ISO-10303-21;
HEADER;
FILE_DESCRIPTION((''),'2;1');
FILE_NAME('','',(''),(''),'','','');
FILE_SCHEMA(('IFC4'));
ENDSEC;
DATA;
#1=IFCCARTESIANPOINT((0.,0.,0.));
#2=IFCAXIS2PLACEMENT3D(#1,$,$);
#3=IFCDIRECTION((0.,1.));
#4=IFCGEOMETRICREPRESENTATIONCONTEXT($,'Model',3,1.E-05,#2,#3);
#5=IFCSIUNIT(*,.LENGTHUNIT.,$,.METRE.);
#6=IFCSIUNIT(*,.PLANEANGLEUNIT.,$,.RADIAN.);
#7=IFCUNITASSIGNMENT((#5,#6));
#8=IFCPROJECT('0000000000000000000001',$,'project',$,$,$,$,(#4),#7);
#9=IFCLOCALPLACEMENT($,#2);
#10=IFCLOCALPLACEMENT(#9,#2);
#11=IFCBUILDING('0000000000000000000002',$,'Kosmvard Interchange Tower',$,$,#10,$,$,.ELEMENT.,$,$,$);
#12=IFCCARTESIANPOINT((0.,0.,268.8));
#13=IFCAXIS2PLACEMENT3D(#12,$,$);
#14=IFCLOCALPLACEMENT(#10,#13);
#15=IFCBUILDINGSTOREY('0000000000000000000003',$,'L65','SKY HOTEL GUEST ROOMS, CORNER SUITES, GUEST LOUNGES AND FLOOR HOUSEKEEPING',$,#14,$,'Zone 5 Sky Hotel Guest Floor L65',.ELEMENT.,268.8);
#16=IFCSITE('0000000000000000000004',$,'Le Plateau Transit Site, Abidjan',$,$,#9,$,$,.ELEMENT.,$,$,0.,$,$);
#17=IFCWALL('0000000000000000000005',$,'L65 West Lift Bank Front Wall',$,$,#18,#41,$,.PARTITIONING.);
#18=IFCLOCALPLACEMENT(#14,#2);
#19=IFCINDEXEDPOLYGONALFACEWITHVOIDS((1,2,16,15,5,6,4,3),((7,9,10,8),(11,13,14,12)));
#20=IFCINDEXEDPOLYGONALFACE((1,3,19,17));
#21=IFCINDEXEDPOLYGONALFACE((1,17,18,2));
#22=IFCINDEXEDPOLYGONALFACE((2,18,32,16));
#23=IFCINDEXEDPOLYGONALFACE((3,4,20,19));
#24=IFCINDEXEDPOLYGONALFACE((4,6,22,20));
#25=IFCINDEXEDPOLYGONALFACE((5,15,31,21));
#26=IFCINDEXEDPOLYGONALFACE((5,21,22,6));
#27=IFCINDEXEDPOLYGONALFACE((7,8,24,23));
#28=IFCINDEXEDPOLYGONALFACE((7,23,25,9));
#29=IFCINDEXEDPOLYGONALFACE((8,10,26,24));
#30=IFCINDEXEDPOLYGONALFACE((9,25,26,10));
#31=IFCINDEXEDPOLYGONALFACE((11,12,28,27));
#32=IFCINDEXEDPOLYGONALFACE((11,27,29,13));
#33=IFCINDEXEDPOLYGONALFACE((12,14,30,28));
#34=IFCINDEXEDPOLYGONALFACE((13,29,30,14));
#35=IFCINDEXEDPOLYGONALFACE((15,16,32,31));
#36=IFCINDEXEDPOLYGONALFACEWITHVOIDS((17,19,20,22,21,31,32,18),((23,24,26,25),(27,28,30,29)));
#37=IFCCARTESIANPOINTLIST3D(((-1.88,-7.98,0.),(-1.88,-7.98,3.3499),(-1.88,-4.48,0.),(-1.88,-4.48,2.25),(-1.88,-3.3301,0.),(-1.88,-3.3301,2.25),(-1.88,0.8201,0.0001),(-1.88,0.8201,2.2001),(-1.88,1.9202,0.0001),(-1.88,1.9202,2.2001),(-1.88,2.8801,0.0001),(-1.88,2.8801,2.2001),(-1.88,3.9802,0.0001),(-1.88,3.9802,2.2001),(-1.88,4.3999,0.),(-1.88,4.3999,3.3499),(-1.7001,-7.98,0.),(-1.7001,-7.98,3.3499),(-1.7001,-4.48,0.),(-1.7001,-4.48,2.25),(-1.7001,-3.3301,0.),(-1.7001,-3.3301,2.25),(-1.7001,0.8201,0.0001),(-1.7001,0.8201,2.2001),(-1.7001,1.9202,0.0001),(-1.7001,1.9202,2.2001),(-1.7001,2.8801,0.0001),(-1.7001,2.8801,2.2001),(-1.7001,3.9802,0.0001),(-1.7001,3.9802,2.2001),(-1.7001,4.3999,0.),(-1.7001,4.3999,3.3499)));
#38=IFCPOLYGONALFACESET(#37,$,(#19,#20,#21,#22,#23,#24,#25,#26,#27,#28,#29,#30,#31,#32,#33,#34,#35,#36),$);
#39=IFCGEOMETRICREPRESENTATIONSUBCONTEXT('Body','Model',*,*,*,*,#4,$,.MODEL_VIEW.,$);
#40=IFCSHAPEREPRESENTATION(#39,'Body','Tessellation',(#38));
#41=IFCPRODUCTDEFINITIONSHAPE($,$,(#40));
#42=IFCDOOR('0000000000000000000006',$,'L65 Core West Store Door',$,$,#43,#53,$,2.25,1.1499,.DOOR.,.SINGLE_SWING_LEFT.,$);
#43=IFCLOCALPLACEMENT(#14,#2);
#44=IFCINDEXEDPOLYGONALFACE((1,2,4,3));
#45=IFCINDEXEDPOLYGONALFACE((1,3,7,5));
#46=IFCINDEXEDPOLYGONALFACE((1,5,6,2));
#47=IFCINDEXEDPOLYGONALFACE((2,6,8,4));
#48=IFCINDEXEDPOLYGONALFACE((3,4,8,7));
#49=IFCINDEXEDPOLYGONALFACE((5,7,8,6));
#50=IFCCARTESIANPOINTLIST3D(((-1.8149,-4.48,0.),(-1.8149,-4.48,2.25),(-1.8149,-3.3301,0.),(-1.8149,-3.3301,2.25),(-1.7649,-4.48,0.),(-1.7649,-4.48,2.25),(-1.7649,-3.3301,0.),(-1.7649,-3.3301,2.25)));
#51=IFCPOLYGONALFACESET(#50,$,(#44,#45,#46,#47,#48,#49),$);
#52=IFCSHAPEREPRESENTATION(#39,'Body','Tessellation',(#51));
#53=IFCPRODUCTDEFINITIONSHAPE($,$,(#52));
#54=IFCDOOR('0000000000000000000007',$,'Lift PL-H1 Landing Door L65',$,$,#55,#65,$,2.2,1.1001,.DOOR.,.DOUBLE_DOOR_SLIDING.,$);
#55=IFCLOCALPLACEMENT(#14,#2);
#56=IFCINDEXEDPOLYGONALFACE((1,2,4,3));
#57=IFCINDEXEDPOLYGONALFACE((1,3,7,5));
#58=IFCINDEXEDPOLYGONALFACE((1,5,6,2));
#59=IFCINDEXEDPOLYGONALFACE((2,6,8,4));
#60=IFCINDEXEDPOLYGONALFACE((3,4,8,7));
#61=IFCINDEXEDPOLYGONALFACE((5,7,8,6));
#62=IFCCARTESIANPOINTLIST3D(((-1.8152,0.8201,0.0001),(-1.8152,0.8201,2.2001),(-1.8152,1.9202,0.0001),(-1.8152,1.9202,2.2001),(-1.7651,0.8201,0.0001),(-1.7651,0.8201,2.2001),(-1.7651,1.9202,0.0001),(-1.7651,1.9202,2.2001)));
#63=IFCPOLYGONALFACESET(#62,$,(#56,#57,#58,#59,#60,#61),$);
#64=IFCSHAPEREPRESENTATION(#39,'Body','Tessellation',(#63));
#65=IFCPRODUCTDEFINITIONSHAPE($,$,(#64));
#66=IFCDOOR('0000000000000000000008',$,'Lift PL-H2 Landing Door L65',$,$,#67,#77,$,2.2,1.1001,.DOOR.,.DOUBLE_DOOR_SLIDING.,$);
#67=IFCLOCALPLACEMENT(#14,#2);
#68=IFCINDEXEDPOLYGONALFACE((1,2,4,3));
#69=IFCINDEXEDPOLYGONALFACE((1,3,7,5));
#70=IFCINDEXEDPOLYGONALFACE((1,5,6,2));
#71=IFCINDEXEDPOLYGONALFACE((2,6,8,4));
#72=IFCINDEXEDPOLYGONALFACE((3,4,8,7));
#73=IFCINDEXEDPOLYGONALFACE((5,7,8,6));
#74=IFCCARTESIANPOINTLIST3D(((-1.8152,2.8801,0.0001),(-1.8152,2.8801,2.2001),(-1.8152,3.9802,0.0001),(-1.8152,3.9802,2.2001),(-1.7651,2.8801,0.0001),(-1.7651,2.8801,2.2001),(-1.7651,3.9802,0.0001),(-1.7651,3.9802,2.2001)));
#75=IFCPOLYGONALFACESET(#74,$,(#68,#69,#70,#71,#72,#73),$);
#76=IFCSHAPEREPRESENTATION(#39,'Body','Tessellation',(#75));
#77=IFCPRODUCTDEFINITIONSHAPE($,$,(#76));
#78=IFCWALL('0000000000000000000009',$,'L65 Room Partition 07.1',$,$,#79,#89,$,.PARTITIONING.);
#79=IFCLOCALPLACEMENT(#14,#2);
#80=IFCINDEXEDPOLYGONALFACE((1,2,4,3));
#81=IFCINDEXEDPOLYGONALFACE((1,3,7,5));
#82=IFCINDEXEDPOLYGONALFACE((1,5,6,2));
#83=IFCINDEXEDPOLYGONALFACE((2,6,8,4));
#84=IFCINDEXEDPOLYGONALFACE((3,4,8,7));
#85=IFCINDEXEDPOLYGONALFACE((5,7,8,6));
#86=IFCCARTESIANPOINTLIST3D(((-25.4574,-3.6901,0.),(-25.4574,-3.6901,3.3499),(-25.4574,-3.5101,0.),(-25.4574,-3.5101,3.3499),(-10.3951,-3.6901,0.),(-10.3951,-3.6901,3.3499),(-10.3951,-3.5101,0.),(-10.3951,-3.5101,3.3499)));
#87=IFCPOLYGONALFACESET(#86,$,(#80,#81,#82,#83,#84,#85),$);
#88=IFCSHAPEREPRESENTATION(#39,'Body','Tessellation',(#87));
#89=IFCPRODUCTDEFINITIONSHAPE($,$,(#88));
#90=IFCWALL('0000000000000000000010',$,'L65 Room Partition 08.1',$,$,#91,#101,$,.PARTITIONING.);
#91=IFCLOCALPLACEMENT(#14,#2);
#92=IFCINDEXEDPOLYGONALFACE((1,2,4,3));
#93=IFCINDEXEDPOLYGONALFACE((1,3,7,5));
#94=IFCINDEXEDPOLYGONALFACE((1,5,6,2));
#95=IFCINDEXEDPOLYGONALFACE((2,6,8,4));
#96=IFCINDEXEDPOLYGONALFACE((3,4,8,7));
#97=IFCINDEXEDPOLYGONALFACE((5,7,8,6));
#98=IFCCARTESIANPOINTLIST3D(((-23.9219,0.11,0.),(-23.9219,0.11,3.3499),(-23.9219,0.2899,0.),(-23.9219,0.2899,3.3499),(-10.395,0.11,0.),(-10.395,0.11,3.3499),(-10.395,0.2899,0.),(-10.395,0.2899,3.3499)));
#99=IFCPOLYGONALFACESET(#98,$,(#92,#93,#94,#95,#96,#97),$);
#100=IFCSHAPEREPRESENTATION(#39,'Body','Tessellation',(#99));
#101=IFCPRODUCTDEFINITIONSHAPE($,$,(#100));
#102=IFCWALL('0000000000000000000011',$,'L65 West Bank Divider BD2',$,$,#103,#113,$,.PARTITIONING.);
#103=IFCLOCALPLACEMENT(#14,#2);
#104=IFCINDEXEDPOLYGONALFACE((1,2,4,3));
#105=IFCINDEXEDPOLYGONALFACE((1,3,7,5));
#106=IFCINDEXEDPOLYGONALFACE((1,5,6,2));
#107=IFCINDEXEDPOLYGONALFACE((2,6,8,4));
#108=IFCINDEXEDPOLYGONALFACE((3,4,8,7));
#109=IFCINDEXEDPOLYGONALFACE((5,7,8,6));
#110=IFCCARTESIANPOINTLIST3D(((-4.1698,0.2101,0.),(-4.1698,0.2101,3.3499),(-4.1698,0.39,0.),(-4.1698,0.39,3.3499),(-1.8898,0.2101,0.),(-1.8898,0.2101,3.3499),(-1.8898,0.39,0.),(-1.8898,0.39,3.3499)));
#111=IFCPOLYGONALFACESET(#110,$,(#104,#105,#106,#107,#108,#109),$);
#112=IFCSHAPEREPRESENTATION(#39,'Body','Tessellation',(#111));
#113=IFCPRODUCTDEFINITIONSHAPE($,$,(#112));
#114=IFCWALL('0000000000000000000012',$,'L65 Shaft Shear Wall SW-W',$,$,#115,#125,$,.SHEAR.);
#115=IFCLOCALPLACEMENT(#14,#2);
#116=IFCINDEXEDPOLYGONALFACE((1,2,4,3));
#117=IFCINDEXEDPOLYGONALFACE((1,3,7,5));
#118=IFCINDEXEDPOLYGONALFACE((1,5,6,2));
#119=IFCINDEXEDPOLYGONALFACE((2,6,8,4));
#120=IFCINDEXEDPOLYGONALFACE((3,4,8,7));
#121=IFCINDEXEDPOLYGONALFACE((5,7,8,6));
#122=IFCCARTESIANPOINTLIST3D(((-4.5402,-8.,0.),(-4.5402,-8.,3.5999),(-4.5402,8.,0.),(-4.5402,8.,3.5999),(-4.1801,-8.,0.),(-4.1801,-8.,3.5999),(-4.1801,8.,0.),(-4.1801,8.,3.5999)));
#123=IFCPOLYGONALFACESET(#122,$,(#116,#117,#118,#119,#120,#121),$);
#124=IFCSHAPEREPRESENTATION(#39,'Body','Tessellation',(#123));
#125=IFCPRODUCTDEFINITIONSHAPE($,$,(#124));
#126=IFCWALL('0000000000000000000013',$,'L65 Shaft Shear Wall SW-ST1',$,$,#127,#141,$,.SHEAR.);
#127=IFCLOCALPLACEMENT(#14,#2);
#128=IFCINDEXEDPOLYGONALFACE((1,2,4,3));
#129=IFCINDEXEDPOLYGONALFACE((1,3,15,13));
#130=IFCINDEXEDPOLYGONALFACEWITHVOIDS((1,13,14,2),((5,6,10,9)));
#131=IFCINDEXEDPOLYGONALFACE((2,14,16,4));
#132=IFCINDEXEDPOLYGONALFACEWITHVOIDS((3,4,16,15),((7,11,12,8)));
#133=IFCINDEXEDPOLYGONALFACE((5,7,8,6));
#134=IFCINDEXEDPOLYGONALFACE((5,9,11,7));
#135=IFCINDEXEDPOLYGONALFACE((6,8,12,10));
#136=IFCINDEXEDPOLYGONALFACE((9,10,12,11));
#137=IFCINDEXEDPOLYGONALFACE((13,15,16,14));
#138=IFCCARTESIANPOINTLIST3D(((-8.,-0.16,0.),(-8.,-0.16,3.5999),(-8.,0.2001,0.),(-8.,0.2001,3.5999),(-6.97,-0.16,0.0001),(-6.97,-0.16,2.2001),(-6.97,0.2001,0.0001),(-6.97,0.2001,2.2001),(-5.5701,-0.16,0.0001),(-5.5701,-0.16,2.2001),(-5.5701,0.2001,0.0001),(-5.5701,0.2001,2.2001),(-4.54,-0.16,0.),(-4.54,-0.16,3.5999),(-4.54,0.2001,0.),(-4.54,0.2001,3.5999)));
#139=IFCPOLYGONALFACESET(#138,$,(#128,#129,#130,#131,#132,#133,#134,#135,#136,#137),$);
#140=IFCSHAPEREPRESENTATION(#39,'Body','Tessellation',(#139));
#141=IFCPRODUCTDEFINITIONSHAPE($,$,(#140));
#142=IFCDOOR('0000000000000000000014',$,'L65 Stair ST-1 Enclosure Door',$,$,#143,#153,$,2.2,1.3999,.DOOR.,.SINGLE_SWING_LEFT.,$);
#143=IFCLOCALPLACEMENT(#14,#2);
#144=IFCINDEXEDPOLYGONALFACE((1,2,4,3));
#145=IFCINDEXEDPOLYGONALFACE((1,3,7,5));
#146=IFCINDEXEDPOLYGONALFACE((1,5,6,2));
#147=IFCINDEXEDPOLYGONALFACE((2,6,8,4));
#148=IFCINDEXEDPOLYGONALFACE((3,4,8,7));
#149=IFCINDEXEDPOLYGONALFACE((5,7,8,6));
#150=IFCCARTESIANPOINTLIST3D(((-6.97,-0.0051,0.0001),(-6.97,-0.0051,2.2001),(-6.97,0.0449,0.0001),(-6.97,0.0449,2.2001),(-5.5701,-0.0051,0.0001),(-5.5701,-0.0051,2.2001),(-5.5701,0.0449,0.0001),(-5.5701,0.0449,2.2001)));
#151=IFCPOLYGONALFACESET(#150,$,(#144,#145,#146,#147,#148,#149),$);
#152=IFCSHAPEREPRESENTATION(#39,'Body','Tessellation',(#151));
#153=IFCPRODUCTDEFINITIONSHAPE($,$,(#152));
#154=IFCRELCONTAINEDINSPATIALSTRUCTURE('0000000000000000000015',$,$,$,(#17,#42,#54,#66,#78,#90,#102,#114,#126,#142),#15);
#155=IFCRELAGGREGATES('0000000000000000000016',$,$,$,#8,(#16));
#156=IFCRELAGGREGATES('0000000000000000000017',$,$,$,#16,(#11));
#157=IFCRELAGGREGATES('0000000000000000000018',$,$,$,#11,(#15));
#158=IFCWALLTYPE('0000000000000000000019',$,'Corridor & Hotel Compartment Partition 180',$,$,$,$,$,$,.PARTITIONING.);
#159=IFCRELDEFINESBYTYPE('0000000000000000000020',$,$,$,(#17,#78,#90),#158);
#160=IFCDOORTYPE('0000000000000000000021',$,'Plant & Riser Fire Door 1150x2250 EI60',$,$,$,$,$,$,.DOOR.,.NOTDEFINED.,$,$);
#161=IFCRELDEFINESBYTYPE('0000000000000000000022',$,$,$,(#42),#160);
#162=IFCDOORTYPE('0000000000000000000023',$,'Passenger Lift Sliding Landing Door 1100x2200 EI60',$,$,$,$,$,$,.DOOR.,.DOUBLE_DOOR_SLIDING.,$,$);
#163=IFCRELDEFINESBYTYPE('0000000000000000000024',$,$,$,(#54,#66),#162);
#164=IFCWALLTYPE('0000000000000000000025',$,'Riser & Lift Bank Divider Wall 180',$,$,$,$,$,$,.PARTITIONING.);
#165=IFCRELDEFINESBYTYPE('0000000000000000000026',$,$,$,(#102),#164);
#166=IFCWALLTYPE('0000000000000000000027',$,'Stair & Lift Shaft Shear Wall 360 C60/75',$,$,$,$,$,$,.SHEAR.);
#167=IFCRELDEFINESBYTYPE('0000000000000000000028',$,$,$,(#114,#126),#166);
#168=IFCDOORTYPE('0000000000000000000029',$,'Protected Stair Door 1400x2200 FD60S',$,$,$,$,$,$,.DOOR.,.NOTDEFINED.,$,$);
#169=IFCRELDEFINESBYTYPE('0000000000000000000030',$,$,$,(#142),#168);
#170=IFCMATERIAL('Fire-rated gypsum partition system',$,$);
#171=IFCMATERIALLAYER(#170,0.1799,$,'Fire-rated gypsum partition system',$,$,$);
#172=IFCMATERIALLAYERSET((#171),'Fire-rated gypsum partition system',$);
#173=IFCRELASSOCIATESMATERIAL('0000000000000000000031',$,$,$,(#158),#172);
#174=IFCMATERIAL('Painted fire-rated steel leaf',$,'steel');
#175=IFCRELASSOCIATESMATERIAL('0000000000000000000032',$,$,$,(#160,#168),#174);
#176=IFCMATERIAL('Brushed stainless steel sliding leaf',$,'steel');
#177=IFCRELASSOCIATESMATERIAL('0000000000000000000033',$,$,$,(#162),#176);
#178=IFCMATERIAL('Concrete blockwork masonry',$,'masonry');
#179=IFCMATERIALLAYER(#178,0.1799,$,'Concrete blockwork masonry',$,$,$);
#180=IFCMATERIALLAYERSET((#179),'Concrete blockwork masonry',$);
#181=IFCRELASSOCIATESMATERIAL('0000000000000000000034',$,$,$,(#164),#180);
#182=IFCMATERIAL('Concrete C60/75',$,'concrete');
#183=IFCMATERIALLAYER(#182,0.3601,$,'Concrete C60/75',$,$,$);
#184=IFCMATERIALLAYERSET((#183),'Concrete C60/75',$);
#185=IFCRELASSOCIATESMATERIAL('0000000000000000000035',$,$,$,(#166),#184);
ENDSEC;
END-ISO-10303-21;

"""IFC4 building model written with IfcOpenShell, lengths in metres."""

from ifc_helpers import new_model, si_unit, direction, frame, frame_2d, origin, place, context, subcontext, project, spatial, rectangle, extrude, source, transform, mapped, material, layer, layer_set, type_object, element, fill, save


model = new_model("IFC4")

# Units and contexts
model_context = context("Model", 3, precision=1e-05, world=origin(), true_north=direction((0.0, 1.0)))
body_context = subcontext(model_context, "Body", "Model", "MODEL_VIEW")
ifc_project = project(units=[si_unit("LENGTHUNIT", "METRE"), si_unit("PLANEANGLEUNIT", "RADIAN")], contexts=[model_context])

# Site, building, storey
site_placement = place(None, origin())
site = spatial("IfcSite", under=ifc_project, at=site_placement, Name="Le Plateau Transit Site, Abidjan", CompositionType="ELEMENT", RefElevation=0.0)
building_placement = place(site_placement, origin())
building = spatial("IfcBuilding", under=site, at=building_placement, Name="Kosmvard Interchange Tower", CompositionType="ELEMENT")
storey_placement = place(building_placement, frame((0.0, 0.0, 268.8)))
storey = spatial("IfcBuildingStorey", under=building, at=storey_placement, Name="L65", Description="SKY HOTEL GUEST ROOMS, CORNER SUITES, GUEST LOUNGES AND FLOOR HOUSEKEEPING", LongName="Zone 5 Sky Hotel Guest Floor L65", CompositionType="ELEMENT", Elevation=268.8)

# Wall, openings, doors
ifc_material_1 = material(Name="Fire-rated gypsum partition system")
ifc_layer_1 = layer(ifc_material_1, 0.1799, Name="Fire-rated gypsum partition system")
ifc_layer_set_1 = layer_set([ifc_layer_1], Name="Fire-rated gypsum partition system")
wall_type_1 = type_object("IfcWallType", Name="Corridor & Hotel Compartment Partition 180", PredefinedType="PARTITIONING", material=ifc_layer_set_1)
wall_1_placement = place(storey_placement, frame((-1.79, -7.98, 0.0), z_axis=(0.0, 0.0, 1.0), x_axis=(0.0, 1.0, 0.0)))
wall_1 = element("IfcWall", 1, at=wall_1_placement, inside=storey, type_object=wall_type_1, Name="L65 West Lift Bank Front Wall", PredefinedType="PARTITIONING", context=body_context, shape_type="SweptSolid", body=[
    extrude(rectangle(XDim=12.3799, YDim=0.1799, at=frame_2d((6.1899, 0.0))), origin(), (0.0, 0.0, 1.0), 3.3499),
])
opening_1_placement = place(wall_1_placement, frame((8.8, 0.0, 0.0)))
opening_1 = element("IfcOpeningElement", 2, at=opening_1_placement, cuts=wall_1, PredefinedType="OPENING", context=body_context, shape_type="SweptSolid", body=[
    extrude(rectangle(XDim=1.1001, YDim=2.2, at=frame_2d((0.55, 1.1001))), frame((0.0, 0.1001, 0.0), z_axis=(0.0, -1.0, 0.0), x_axis=(1.0, 0.0, 0.0)), (0.0, 0.0, 1.0), 0.2),
])
opening_2_placement = place(wall_1_placement, frame((10.8601, 0.0, 0.0)))
opening_2 = element("IfcOpeningElement", 3, at=opening_2_placement, cuts=wall_1, PredefinedType="OPENING", context=body_context, shape_type="SweptSolid", body=[
    extrude(rectangle(XDim=1.1001, YDim=2.2, at=frame_2d((0.55, 1.1001))), frame((0.0, 0.1001, 0.0), z_axis=(0.0, -1.0, 0.0), x_axis=(1.0, 0.0, 0.0)), (0.0, 0.0, 1.0), 0.2),
])
opening_3_placement = place(wall_1_placement, frame((3.5, 0.0, 0.0)))
opening_3 = element("IfcOpeningElement", 4, at=opening_3_placement, cuts=wall_1, PredefinedType="OPENING", context=body_context, shape_type="SweptSolid", body=[
    extrude(rectangle(XDim=1.1499, YDim=2.25, at=frame_2d((0.575, 1.125))), frame((0.0, 0.1001, 0.0), z_axis=(0.0, -1.0, 0.0), x_axis=(1.0, 0.0, 0.0)), (0.0, 0.0, 1.0), 0.2),
])
ifc_material_2 = material(Name="Painted fire-rated steel leaf", Category="steel")
door_type_1 = type_object("IfcDoorType", Name="Plant & Riser Fire Door 1150x2250 EI60", OperationType="NOTDEFINED", PredefinedType="DOOR", material=ifc_material_2)
shared_shape_1 = source(origin(), body_context, "Body", "SweptSolid", [
    extrude(rectangle(XDim=1.1499, YDim=2.25, at=frame_2d((0.575, 1.125))), frame((0.0, 0.0249, 0.0), z_axis=(0.0, -1.0, 0.0), x_axis=(1.0, 0.0, 0.0)), (0.0, 0.0, 1.0), 0.05),
])
door_1_placement = place(opening_3_placement, origin())
door_1 = element("IfcDoor", 5, at=door_1_placement, inside=storey, type_object=door_type_1, Name="L65 Core West Store Door", OperationType="SINGLE_SWING_LEFT", OverallHeight=2.25, OverallWidth=1.1499, PredefinedType="DOOR", context=body_context, shape_type="MappedRepresentation", body=[
    mapped(shared_shape_1, transform((0.0, 0.0, 0.0), scale=1.0)),
])
fill(opening_3, door_1)
ifc_material_3 = material(Name="Brushed stainless steel sliding leaf", Category="steel")
door_type_2 = type_object("IfcDoorType", Name="Passenger Lift Sliding Landing Door 1100x2200 EI60", OperationType="DOUBLE_DOOR_SLIDING", PredefinedType="DOOR", material=ifc_material_3)
shared_shape_2 = source(origin(), body_context, "Body", "SweptSolid", [
    extrude(rectangle(XDim=1.1001, YDim=2.2, at=frame_2d((0.55, 1.1001))), frame((0.0, 0.0249, 0.0), z_axis=(0.0, -1.0, 0.0), x_axis=(1.0, 0.0, 0.0)), (0.0, 0.0, 1.0), 0.05),
])
door_2_placement = place(opening_1_placement, frame((1.1001, 0.0, 0.0), z_axis=(0.0, 0.0, 1.0), x_axis=(-1.0, 0.0, 0.0)))
door_2 = element("IfcDoor", 6, at=door_2_placement, inside=storey, type_object=door_type_2, Name="Lift PL-H1 Landing Door L65", OperationType="DOUBLE_DOOR_SLIDING", OverallHeight=2.2, OverallWidth=1.1001, PredefinedType="DOOR", context=body_context, shape_type="MappedRepresentation", body=[
    mapped(shared_shape_2, transform((0.0, 0.0, 0.0), scale=1.0)),
])
fill(opening_1, door_2)
door_3_placement = place(opening_2_placement, frame((1.1001, 0.0, 0.0), z_axis=(0.0, 0.0, 1.0), x_axis=(-1.0, 0.0, 0.0)))
door_3 = element("IfcDoor", 7, at=door_3_placement, inside=storey, type_object=door_type_2, Name="Lift PL-H2 Landing Door L65", OperationType="DOUBLE_DOOR_SLIDING", OverallHeight=2.2, OverallWidth=1.1001, PredefinedType="DOOR", context=body_context, shape_type="MappedRepresentation", body=[
    mapped(shared_shape_2, transform((0.0, 0.0, 0.0), scale=1.0)),
])
fill(opening_2, door_3)

# Walls
wall_2_placement = place(storey_placement, frame((-10.395, -3.6001, 0.0), z_axis=(0.0, 0.0, 1.0), x_axis=(-1.0, 0.0, 0.0)))
element("IfcWall", 8, at=wall_2_placement, inside=storey, type_object=wall_type_1, Name="L65 Room Partition 07.1", PredefinedType="PARTITIONING", context=body_context, shape_type="SweptSolid", body=[
    extrude(rectangle(XDim=15.0623, YDim=0.1799, at=frame_2d((7.5312, 0.0))), origin(), (0.0, 0.0, 1.0), 3.3499),
])
wall_3_placement = place(storey_placement, frame((-10.395, 0.2, 0.0), z_axis=(0.0, 0.0, 1.0), x_axis=(-1.0, 0.0, 0.0)))
element("IfcWall", 9, at=wall_3_placement, inside=storey, type_object=wall_type_1, Name="L65 Room Partition 08.1", PredefinedType="PARTITIONING", context=body_context, shape_type="SweptSolid", body=[
    extrude(rectangle(XDim=13.5269, YDim=0.1799, at=frame_2d((6.7634, 0.0))), origin(), (0.0, 0.0, 1.0), 3.3499),
])
ifc_material_4 = material(Name="Concrete blockwork masonry", Category="masonry")
ifc_layer_2 = layer(ifc_material_4, 0.1799, Name="Concrete blockwork masonry")
ifc_layer_set_2 = layer_set([ifc_layer_2], Name="Concrete blockwork masonry")
wall_type_2 = type_object("IfcWallType", Name="Riser & Lift Bank Divider Wall 180", PredefinedType="PARTITIONING", material=ifc_layer_set_2)
wall_4_placement = place(storey_placement, frame((-4.1699, 0.3, 0.0), z_axis=(0.0, 0.0, 1.0), x_axis=(1.0, 0.0, 0.0)))
element("IfcWall", 10, at=wall_4_placement, inside=storey, type_object=wall_type_2, Name="L65 West Bank Divider BD2", PredefinedType="PARTITIONING", context=body_context, shape_type="SweptSolid", body=[
    extrude(rectangle(XDim=2.28, YDim=0.1799, at=frame_2d((1.1401, 0.0))), origin(), (0.0, 0.0, 1.0), 3.3499),
])
ifc_material_5 = material(Name="Concrete C60/75", Category="concrete")
ifc_layer_3 = layer(ifc_material_5, 0.3601, Name="Concrete C60/75")
ifc_layer_set_3 = layer_set([ifc_layer_3], Name="Concrete C60/75")
wall_type_3 = type_object("IfcWallType", Name="Stair & Lift Shaft Shear Wall 360 C60/75", PredefinedType="SHEAR", material=ifc_layer_set_3)
wall_5_placement = place(storey_placement, frame((-4.3601, -8.0, 0.0), z_axis=(0.0, 0.0, 1.0), x_axis=(0.0, 1.0, 0.0)))
element("IfcWall", 11, at=wall_5_placement, inside=storey, type_object=wall_type_3, Name="L65 Shaft Shear Wall SW-W", PredefinedType="SHEAR", context=body_context, shape_type="SweptSolid", body=[
    extrude(rectangle(XDim=16.0, YDim=0.3601, at=frame_2d((8.0, 0.0))), origin(), (0.0, 0.0, 1.0), 3.5999),
])

# Wall, opening, door
wall_6_placement = place(storey_placement, frame((-8.0, 0.02, 0.0), z_axis=(0.0, 0.0, 1.0), x_axis=(1.0, 0.0, 0.0)))
wall_6 = element("IfcWall", 12, at=wall_6_placement, inside=storey, type_object=wall_type_3, Name="L65 Shaft Shear Wall SW-ST1", PredefinedType="SHEAR", context=body_context, shape_type="SweptSolid", body=[
    extrude(rectangle(XDim=3.46, YDim=0.3601, at=frame_2d((1.73, 0.0))), origin(), (0.0, 0.0, 1.0), 3.5999),
])
opening_4_placement = place(wall_6_placement, frame((1.03, 0.0, 0.0)))
opening_4 = element("IfcOpeningElement", 13, at=opening_4_placement, cuts=wall_6, PredefinedType="OPENING", context=body_context, shape_type="SweptSolid", body=[
    extrude(rectangle(XDim=1.3999, YDim=2.2, at=frame_2d((0.7, 1.1001))), frame((0.0, 0.1899, 0.0), z_axis=(0.0, -1.0, 0.0), x_axis=(1.0, 0.0, 0.0)), (0.0, 0.0, 1.0), 0.3801),
])
door_type_3 = type_object("IfcDoorType", Name="Protected Stair Door 1400x2200 FD60S", OperationType="NOTDEFINED", PredefinedType="DOOR", material=ifc_material_2)
shared_shape_3 = source(origin(), body_context, "Body", "SweptSolid", [
    extrude(rectangle(XDim=1.3999, YDim=2.2, at=frame_2d((0.7, 1.1001))), frame((0.0, 0.0249, 0.0), z_axis=(0.0, -1.0, 0.0), x_axis=(1.0, 0.0, 0.0)), (0.0, 0.0, 1.0), 0.05),
])
door_4_placement = place(opening_4_placement, origin())
door_4 = element("IfcDoor", 14, at=door_4_placement, inside=storey, type_object=door_type_3, Name="L65 Stair ST-1 Enclosure Door", OperationType="SINGLE_SWING_LEFT", OverallHeight=2.2, OverallWidth=1.3999, PredefinedType="DOOR", context=body_context, shape_type="MappedRepresentation", body=[
    mapped(shared_shape_3, transform((0.0, 0.0, 0.0), scale=1.0)),
])
fill(opening_4, door_4)

save(model, "model.ifc")
